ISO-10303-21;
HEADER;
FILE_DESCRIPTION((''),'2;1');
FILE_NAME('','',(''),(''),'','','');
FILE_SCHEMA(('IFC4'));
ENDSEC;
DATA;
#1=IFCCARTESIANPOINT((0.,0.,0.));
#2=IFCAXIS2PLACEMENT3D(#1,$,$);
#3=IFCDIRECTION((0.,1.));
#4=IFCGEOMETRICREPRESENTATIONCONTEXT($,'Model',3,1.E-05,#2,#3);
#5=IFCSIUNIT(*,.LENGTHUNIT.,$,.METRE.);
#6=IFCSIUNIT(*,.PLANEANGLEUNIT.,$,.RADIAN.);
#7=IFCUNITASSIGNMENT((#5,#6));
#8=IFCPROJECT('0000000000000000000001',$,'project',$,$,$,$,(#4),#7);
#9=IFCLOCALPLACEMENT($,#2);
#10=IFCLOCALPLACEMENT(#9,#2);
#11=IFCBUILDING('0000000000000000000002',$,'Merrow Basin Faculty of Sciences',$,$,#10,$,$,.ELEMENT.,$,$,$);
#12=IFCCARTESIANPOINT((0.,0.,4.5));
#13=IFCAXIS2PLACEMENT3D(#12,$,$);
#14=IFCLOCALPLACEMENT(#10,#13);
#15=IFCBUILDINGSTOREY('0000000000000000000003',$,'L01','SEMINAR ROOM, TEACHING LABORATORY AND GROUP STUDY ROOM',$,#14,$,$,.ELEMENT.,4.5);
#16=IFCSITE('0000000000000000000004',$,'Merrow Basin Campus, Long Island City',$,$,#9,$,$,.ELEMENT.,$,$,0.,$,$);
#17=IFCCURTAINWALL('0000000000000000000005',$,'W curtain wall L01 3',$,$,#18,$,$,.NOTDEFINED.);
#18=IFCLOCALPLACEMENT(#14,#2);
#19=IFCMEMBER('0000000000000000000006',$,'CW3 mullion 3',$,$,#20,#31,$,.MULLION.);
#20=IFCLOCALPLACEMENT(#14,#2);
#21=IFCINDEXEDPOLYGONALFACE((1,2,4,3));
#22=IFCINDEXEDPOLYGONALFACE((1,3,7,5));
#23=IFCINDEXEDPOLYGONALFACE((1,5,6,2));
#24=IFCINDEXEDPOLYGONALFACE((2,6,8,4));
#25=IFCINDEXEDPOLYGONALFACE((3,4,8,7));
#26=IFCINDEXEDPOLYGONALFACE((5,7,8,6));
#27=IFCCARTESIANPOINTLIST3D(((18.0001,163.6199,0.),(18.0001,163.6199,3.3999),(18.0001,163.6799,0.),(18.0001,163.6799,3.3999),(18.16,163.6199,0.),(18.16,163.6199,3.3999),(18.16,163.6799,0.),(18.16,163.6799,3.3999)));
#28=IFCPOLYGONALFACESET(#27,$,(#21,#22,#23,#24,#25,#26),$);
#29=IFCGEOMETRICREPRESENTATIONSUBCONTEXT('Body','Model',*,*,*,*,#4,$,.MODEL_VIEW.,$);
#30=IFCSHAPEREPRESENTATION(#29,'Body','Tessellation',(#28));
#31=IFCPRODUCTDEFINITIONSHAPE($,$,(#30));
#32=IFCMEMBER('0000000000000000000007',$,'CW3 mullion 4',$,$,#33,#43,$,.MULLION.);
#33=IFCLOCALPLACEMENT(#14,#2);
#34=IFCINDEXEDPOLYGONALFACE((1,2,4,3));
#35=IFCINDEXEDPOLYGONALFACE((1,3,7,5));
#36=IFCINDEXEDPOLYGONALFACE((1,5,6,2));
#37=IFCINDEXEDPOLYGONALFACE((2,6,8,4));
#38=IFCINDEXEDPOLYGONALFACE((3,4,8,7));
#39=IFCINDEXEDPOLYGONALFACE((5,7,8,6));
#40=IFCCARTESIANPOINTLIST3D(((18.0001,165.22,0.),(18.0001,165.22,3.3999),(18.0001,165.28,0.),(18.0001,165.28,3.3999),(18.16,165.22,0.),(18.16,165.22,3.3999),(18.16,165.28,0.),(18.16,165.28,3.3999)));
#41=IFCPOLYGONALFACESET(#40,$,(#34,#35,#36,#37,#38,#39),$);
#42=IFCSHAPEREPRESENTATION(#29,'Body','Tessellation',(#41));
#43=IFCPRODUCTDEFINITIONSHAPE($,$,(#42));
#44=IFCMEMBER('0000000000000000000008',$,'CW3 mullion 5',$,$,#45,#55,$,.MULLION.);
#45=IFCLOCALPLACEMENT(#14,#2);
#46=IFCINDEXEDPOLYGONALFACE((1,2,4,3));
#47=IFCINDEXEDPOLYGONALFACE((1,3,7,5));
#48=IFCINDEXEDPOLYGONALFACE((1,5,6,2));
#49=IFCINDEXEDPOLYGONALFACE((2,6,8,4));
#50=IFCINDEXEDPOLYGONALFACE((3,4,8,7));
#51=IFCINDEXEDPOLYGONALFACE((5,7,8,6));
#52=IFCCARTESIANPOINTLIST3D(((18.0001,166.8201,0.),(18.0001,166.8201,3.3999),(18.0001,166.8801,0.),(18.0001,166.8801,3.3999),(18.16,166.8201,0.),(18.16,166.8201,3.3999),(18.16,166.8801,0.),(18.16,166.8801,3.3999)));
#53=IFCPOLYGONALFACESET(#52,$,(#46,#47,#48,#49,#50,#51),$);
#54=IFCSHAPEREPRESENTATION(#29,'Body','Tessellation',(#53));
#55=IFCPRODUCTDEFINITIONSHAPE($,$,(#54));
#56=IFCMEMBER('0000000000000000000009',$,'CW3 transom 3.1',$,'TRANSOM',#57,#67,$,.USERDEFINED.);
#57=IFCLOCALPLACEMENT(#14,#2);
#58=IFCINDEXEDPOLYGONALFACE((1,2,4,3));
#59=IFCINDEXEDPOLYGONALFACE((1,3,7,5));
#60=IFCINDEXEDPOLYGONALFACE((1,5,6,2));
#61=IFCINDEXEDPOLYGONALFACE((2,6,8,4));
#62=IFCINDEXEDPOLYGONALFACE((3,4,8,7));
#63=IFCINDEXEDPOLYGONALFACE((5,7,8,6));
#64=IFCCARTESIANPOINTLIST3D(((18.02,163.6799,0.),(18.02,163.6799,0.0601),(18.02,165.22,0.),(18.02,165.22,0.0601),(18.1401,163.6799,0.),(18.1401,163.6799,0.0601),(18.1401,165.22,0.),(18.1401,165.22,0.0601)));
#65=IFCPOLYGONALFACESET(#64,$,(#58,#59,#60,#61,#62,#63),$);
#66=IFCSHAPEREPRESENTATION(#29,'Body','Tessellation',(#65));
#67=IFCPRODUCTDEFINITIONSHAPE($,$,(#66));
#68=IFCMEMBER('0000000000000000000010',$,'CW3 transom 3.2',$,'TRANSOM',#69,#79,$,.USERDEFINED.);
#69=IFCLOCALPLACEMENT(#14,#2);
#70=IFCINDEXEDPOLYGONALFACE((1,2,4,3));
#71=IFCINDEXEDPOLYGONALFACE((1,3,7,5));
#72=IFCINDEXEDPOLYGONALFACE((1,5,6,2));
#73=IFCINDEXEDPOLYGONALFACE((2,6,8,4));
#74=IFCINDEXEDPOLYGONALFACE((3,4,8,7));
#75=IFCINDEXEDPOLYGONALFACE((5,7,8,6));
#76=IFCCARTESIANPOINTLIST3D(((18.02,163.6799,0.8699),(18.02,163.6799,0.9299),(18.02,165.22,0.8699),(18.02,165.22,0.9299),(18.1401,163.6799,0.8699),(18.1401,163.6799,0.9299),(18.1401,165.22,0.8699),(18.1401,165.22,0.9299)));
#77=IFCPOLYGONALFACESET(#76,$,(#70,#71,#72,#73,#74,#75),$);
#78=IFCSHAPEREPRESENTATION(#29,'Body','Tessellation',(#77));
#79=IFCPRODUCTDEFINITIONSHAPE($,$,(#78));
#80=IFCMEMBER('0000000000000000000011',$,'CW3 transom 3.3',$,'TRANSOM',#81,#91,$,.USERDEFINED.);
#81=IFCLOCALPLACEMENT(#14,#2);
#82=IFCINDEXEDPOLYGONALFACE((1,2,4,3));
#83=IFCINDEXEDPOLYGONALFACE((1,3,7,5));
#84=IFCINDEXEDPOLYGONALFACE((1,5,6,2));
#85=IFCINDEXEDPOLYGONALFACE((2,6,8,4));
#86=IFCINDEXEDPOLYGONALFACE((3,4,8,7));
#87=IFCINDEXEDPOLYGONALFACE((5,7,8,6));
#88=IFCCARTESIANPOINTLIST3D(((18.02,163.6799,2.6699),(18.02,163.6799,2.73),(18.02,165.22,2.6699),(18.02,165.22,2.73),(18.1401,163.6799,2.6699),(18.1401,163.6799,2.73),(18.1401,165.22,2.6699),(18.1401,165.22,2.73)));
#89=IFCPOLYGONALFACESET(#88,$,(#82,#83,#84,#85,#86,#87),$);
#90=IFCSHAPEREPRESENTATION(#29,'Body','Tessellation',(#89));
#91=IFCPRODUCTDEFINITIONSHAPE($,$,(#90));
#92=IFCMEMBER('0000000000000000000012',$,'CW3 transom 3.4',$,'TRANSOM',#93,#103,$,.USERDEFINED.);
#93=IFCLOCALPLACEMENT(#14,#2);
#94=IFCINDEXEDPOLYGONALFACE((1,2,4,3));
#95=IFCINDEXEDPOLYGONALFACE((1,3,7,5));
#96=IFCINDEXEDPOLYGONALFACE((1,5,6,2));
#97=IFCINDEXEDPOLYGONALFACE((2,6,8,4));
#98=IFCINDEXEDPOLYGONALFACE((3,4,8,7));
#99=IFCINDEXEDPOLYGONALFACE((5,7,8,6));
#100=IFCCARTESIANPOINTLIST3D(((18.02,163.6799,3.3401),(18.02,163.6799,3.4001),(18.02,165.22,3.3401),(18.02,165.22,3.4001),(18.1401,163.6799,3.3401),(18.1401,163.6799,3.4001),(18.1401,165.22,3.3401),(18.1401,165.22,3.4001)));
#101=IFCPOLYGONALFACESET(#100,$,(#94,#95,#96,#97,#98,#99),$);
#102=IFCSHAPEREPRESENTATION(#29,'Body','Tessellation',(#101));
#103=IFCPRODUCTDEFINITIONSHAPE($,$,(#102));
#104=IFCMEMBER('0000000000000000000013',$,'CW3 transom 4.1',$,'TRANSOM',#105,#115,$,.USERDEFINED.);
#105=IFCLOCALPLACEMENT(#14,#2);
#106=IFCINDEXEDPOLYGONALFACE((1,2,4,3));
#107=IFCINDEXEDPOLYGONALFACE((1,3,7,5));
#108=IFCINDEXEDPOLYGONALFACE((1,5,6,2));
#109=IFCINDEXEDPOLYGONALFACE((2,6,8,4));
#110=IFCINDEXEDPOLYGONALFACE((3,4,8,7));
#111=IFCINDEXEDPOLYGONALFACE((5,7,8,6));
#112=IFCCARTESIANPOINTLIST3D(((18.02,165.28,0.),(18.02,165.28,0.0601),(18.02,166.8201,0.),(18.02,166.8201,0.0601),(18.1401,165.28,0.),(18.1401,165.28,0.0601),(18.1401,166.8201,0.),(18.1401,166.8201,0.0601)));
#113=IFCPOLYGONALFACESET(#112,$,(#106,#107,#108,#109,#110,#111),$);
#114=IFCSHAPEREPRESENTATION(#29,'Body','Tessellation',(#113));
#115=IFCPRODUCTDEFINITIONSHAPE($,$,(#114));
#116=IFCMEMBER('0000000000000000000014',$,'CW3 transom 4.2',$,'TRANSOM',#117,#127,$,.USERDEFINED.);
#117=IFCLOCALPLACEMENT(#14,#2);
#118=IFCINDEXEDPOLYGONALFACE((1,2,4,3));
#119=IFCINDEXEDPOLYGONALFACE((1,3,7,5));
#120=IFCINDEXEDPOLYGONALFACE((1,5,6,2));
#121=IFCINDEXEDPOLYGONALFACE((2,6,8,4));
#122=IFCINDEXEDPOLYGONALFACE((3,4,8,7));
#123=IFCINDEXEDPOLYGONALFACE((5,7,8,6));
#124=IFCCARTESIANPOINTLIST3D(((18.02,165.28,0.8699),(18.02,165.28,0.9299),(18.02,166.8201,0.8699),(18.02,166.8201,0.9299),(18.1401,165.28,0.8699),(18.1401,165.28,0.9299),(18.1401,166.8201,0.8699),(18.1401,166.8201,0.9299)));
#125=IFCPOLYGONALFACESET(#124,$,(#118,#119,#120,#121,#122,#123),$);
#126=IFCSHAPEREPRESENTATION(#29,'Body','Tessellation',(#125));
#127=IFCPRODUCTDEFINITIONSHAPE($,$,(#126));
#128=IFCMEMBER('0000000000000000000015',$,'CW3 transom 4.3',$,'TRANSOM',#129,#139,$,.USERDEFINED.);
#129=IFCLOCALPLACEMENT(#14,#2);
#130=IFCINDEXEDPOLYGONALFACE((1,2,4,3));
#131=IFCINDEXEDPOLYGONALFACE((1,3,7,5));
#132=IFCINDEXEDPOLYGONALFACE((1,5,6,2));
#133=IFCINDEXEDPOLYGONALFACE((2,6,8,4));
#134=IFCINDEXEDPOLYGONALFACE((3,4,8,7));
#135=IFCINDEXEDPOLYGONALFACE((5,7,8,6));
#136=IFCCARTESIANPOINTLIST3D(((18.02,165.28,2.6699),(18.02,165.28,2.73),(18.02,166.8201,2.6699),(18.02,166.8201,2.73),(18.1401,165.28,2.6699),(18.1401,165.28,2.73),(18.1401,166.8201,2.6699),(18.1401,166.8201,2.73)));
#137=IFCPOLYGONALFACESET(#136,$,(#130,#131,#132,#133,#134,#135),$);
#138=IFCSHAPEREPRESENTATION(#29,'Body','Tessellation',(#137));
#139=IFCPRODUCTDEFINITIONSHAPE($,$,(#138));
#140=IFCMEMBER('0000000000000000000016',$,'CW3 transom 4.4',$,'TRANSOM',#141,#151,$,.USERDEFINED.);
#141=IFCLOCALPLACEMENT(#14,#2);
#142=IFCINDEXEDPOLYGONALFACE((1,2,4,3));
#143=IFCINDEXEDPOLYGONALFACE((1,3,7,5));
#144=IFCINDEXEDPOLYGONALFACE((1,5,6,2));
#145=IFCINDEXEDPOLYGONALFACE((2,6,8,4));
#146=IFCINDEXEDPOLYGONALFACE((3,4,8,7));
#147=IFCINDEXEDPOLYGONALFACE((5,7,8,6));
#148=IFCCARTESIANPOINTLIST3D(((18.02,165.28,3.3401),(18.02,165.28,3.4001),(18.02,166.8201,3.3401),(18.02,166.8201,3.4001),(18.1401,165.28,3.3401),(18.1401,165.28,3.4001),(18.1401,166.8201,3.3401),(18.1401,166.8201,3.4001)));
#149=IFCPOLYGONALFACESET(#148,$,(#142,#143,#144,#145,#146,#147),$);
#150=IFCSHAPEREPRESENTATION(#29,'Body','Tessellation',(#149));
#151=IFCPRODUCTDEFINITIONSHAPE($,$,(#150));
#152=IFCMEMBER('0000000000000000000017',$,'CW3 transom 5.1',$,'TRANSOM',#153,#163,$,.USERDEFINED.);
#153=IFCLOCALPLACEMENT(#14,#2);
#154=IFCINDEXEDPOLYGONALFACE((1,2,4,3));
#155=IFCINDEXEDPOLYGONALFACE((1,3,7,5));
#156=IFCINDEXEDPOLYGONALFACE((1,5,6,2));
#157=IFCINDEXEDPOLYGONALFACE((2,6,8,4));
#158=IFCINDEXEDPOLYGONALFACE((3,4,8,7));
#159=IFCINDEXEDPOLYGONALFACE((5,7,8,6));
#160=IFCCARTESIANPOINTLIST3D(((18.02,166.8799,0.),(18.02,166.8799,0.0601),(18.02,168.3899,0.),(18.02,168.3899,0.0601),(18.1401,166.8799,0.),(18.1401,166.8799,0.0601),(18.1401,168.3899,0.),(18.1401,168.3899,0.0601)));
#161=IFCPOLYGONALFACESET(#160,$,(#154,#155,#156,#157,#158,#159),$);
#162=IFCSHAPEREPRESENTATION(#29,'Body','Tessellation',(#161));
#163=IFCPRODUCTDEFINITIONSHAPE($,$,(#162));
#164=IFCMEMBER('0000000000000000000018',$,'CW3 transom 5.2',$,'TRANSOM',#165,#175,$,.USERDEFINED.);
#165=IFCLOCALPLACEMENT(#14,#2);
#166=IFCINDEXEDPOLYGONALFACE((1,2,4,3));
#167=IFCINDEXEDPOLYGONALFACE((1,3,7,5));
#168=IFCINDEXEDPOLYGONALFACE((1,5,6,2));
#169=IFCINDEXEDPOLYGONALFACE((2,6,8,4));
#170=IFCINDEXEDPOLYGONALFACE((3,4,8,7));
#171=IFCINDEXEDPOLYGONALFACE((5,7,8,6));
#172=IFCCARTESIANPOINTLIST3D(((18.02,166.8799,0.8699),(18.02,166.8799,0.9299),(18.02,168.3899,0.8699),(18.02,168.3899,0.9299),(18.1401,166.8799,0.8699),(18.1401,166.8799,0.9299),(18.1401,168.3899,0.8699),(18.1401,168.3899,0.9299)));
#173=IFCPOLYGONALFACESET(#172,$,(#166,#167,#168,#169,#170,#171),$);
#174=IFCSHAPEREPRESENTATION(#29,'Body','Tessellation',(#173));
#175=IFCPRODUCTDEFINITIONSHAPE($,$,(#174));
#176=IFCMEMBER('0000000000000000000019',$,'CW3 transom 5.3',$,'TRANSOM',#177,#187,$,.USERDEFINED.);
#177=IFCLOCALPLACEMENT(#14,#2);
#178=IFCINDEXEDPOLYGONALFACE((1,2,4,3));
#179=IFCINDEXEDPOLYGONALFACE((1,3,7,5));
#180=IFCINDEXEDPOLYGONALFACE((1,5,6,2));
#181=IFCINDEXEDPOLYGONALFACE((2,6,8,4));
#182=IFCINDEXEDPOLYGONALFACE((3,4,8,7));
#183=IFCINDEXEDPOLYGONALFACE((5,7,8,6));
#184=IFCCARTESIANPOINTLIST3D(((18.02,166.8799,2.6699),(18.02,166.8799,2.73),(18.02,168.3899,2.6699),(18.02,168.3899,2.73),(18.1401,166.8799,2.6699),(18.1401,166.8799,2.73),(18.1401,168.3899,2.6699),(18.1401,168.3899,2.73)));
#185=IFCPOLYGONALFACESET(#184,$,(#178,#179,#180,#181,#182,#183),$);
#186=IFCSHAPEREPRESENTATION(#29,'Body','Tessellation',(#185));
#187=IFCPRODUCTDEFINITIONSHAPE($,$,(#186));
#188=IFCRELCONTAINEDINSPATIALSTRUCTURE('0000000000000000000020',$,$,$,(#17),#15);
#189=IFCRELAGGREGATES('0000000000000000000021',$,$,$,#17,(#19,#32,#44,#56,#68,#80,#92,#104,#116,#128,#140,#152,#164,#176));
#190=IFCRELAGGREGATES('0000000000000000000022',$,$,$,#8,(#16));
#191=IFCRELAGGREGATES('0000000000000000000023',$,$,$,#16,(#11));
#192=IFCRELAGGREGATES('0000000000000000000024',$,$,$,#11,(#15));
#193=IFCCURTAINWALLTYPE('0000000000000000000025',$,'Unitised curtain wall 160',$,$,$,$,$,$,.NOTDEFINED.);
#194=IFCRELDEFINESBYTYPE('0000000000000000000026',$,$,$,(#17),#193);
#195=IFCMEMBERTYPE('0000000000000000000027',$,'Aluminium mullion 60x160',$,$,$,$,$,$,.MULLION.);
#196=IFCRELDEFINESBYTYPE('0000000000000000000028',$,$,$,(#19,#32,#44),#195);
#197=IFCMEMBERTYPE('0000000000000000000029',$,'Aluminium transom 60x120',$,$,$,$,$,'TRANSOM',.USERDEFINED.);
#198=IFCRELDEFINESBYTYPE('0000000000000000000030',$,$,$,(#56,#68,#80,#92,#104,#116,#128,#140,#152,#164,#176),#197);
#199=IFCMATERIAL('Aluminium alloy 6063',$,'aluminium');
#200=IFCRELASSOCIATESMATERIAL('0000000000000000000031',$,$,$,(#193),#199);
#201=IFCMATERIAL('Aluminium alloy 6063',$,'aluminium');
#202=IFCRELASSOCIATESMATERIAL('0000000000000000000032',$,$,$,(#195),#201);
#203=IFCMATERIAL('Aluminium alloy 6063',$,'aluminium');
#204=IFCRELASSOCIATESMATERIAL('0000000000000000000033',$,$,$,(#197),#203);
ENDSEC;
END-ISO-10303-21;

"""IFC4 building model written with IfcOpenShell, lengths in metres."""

from ifc_helpers import new_model, si_unit, direction, frame, origin, origin_2d, place, context, subcontext, project, spatial, rectangle, extrude, material, material_profile, profile_set, type_object, element, aggregate, save


model = new_model("IFC4")

# Units and contexts
model_context = context("Model", 3, precision=1e-05, world=origin(), true_north=direction((0.0, 1.0)))
body_context = subcontext(model_context, "Body", "Model", "MODEL_VIEW")
ifc_project = project(units=[si_unit("LENGTHUNIT", "METRE"), si_unit("PLANEANGLEUNIT", "RADIAN")], contexts=[model_context])

# Site, building, storey
site_placement = place(None, origin())
site = spatial("IfcSite", under=ifc_project, at=site_placement, Name="Merrow Basin Campus, Long Island City", CompositionType="ELEMENT", RefElevation=0.0)
building_placement = place(site_placement, origin())
building = spatial("IfcBuilding", under=site, at=building_placement, Name="Merrow Basin Faculty of Sciences", CompositionType="ELEMENT")
storey_placement = place(building_placement, frame((0.0, 0.0, 4.5)))
storey = spatial("IfcBuildingStorey", under=building, at=storey_placement, Name="L01", Description="SEMINAR ROOM, TEACHING LABORATORY AND GROUP STUDY ROOM", CompositionType="ELEMENT", Elevation=4.5)

# Curtain wall, members
ifc_material_1 = material(Name="Aluminium alloy 6063", Category="aluminium")
curtain_wall_type = type_object("IfcCurtainWallType", Name="Unitised curtain wall 160", PredefinedType="NOTDEFINED", material=ifc_material_1)
curtain_wall_placement = place(storey_placement, origin())
curtain_wall = element("IfcCurtainWall", 1, at=curtain_wall_placement, inside=storey, type_object=curtain_wall_type, Name="W curtain wall L01 3", PredefinedType="NOTDEFINED")
ifc_material_2 = material(Name="Aluminium alloy 6063", Category="aluminium")
ifc_material_profile_1 = material_profile(ifc_material_2, rectangle(XDim=0.1599, YDim=0.0601, at=origin_2d()))
ifc_profile_set_1 = profile_set([ifc_material_profile_1], Name="Aluminium alloy 6063")
member_type_1 = type_object("IfcMemberType", Name="Aluminium mullion 60x160", PredefinedType="MULLION", material=ifc_profile_set_1)
member_1_placement = place(storey_placement, frame((18.0801, 163.6499, 0.0), z_axis=(0.0, 0.0, 1.0), x_axis=(-1.0, 0.0, 0.0)))
member_1 = element("IfcMember", 2, at=member_1_placement, type_object=member_type_1, Name="CW3 mullion 3", PredefinedType="MULLION", context=body_context, shape_type="SweptSolid", body=[
    extrude(rectangle(XDim=0.1599, YDim=0.0601, at=origin_2d()), origin(), (0.0, 0.0, 1.0), 3.3999),
])
member_2_placement = place(storey_placement, frame((18.0801, 165.25, 0.0), z_axis=(0.0, 0.0, 1.0), x_axis=(-1.0, 0.0, 0.0)))
member_2 = element("IfcMember", 3, at=member_2_placement, type_object=member_type_1, Name="CW3 mullion 4", PredefinedType="MULLION", context=body_context, shape_type="SweptSolid", body=[
    extrude(rectangle(XDim=0.1599, YDim=0.0601, at=origin_2d()), origin(), (0.0, 0.0, 1.0), 3.3999),
])
member_3_placement = place(storey_placement, frame((18.0801, 166.8501, 0.0), z_axis=(0.0, 0.0, 1.0), x_axis=(-1.0, 0.0, 0.0)))
member_3 = element("IfcMember", 4, at=member_3_placement, type_object=member_type_1, Name="CW3 mullion 5", PredefinedType="MULLION", context=body_context, shape_type="SweptSolid", body=[
    extrude(rectangle(XDim=0.1599, YDim=0.0601, at=origin_2d()), origin(), (0.0, 0.0, 1.0), 3.3999),
])
ifc_material_3 = material(Name="Aluminium alloy 6063", Category="aluminium")
ifc_material_profile_2 = material_profile(ifc_material_3, rectangle(XDim=0.1201, YDim=0.0601, at=origin_2d()))
ifc_profile_set_2 = profile_set([ifc_material_profile_2], Name="Aluminium alloy 6063")
member_type_2 = type_object("IfcMemberType", Name="Aluminium transom 60x120", ElementType="TRANSOM", PredefinedType="USERDEFINED", material=ifc_profile_set_2)
member_4_placement = place(storey_placement, frame((18.0801, 163.6799, 0.03), z_axis=(0.0, 1.0, 0.0), x_axis=(-1.0, 0.0, 0.0)))
member_4 = element("IfcMember", 5, at=member_4_placement, type_object=member_type_2, Name="CW3 transom 3.1", ObjectType="TRANSOM", PredefinedType="USERDEFINED", context=body_context, shape_type="SweptSolid", body=[
    extrude(rectangle(XDim=0.1201, YDim=0.0601, at=origin_2d()), origin(), (0.0, 0.0, 1.0), 1.54),
])
member_5_placement = place(storey_placement, frame((18.0801, 163.6799, 0.8999), z_axis=(0.0, 1.0, 0.0), x_axis=(-1.0, 0.0, 0.0)))
member_5 = element("IfcMember", 6, at=member_5_placement, type_object=member_type_2, Name="CW3 transom 3.2", ObjectType="TRANSOM", PredefinedType="USERDEFINED", context=body_context, shape_type="SweptSolid", body=[
    extrude(rectangle(XDim=0.1201, YDim=0.0601, at=origin_2d()), origin(), (0.0, 0.0, 1.0), 1.54),
])
member_6_placement = place(storey_placement, frame((18.0801, 163.6799, 2.7), z_axis=(0.0, 1.0, 0.0), x_axis=(-1.0, 0.0, 0.0)))
member_6 = element("IfcMember", 7, at=member_6_placement, type_object=member_type_2, Name="CW3 transom 3.3", ObjectType="TRANSOM", PredefinedType="USERDEFINED", context=body_context, shape_type="SweptSolid", body=[
    extrude(rectangle(XDim=0.1201, YDim=0.0601, at=origin_2d()), origin(), (0.0, 0.0, 1.0), 1.54),
])
member_7_placement = place(storey_placement, frame((18.0801, 163.6799, 3.3701), z_axis=(0.0, 1.0, 0.0), x_axis=(-1.0, 0.0, 0.0)))
member_7 = element("IfcMember", 8, at=member_7_placement, type_object=member_type_2, Name="CW3 transom 3.4", ObjectType="TRANSOM", PredefinedType="USERDEFINED", context=body_context, shape_type="SweptSolid", body=[
    extrude(rectangle(XDim=0.1201, YDim=0.0601, at=origin_2d()), origin(), (0.0, 0.0, 1.0), 1.54),
])
member_8_placement = place(storey_placement, frame((18.0801, 165.28, 0.03), z_axis=(0.0, 1.0, 0.0), x_axis=(-1.0, 0.0, 0.0)))
member_8 = element("IfcMember", 9, at=member_8_placement, type_object=member_type_2, Name="CW3 transom 4.1", ObjectType="TRANSOM", PredefinedType="USERDEFINED", context=body_context, shape_type="SweptSolid", body=[
    extrude(rectangle(XDim=0.1201, YDim=0.0601, at=origin_2d()), origin(), (0.0, 0.0, 1.0), 1.54),
])
member_9_placement = place(storey_placement, frame((18.0801, 165.28, 0.8999), z_axis=(0.0, 1.0, 0.0), x_axis=(-1.0, 0.0, 0.0)))
member_9 = element("IfcMember", 10, at=member_9_placement, type_object=member_type_2, Name="CW3 transom 4.2", ObjectType="TRANSOM", PredefinedType="USERDEFINED", context=body_context, shape_type="SweptSolid", body=[
    extrude(rectangle(XDim=0.1201, YDim=0.0601, at=origin_2d()), origin(), (0.0, 0.0, 1.0), 1.54),
])
member_10_placement = place(storey_placement, frame((18.0801, 165.28, 2.7), z_axis=(0.0, 1.0, 0.0), x_axis=(-1.0, 0.0, 0.0)))
member_10 = element("IfcMember", 11, at=member_10_placement, type_object=member_type_2, Name="CW3 transom 4.3", ObjectType="TRANSOM", PredefinedType="USERDEFINED", context=body_context, shape_type="SweptSolid", body=[
    extrude(rectangle(XDim=0.1201, YDim=0.0601, at=origin_2d()), origin(), (0.0, 0.0, 1.0), 1.54),
])
member_11_placement = place(storey_placement, frame((18.0801, 165.28, 3.3701), z_axis=(0.0, 1.0, 0.0), x_axis=(-1.0, 0.0, 0.0)))
member_11 = element("IfcMember", 12, at=member_11_placement, type_object=member_type_2, Name="CW3 transom 4.4", ObjectType="TRANSOM", PredefinedType="USERDEFINED", context=body_context, shape_type="SweptSolid", body=[
    extrude(rectangle(XDim=0.1201, YDim=0.0601, at=origin_2d()), origin(), (0.0, 0.0, 1.0), 1.54),
])
member_12_placement = place(storey_placement, frame((18.0801, 166.8799, 0.03), z_axis=(0.0, 1.0, 0.0), x_axis=(-1.0, 0.0, 0.0)))
member_12 = element("IfcMember", 13, at=member_12_placement, type_object=member_type_2, Name="CW3 transom 5.1", ObjectType="TRANSOM", PredefinedType="USERDEFINED", context=body_context, shape_type="SweptSolid", body=[
    extrude(rectangle(XDim=0.1201, YDim=0.0601, at=origin_2d()), origin(), (0.0, 0.0, 1.0), 1.51),
])
member_13_placement = place(storey_placement, frame((18.0801, 166.8799, 0.8999), z_axis=(0.0, 1.0, 0.0), x_axis=(-1.0, 0.0, 0.0)))
member_13 = element("IfcMember", 14, at=member_13_placement, type_object=member_type_2, Name="CW3 transom 5.2", ObjectType="TRANSOM", PredefinedType="USERDEFINED", context=body_context, shape_type="SweptSolid", body=[
    extrude(rectangle(XDim=0.1201, YDim=0.0601, at=origin_2d()), origin(), (0.0, 0.0, 1.0), 1.51),
])
member_14_placement = place(storey_placement, frame((18.0801, 166.8799, 2.7), z_axis=(0.0, 1.0, 0.0), x_axis=(-1.0, 0.0, 0.0)))
member_14 = element("IfcMember", 15, at=member_14_placement, type_object=member_type_2, Name="CW3 transom 5.3", ObjectType="TRANSOM", PredefinedType="USERDEFINED", context=body_context, shape_type="SweptSolid", body=[
    extrude(rectangle(XDim=0.1201, YDim=0.0601, at=origin_2d()), origin(), (0.0, 0.0, 1.0), 1.51),
])
aggregate(curtain_wall, [member_1, member_2, member_3, member_4, member_5, member_6, member_7, member_8, member_9, member_10, member_11, member_12, member_13, member_14])

save(model, "model.ifc")
